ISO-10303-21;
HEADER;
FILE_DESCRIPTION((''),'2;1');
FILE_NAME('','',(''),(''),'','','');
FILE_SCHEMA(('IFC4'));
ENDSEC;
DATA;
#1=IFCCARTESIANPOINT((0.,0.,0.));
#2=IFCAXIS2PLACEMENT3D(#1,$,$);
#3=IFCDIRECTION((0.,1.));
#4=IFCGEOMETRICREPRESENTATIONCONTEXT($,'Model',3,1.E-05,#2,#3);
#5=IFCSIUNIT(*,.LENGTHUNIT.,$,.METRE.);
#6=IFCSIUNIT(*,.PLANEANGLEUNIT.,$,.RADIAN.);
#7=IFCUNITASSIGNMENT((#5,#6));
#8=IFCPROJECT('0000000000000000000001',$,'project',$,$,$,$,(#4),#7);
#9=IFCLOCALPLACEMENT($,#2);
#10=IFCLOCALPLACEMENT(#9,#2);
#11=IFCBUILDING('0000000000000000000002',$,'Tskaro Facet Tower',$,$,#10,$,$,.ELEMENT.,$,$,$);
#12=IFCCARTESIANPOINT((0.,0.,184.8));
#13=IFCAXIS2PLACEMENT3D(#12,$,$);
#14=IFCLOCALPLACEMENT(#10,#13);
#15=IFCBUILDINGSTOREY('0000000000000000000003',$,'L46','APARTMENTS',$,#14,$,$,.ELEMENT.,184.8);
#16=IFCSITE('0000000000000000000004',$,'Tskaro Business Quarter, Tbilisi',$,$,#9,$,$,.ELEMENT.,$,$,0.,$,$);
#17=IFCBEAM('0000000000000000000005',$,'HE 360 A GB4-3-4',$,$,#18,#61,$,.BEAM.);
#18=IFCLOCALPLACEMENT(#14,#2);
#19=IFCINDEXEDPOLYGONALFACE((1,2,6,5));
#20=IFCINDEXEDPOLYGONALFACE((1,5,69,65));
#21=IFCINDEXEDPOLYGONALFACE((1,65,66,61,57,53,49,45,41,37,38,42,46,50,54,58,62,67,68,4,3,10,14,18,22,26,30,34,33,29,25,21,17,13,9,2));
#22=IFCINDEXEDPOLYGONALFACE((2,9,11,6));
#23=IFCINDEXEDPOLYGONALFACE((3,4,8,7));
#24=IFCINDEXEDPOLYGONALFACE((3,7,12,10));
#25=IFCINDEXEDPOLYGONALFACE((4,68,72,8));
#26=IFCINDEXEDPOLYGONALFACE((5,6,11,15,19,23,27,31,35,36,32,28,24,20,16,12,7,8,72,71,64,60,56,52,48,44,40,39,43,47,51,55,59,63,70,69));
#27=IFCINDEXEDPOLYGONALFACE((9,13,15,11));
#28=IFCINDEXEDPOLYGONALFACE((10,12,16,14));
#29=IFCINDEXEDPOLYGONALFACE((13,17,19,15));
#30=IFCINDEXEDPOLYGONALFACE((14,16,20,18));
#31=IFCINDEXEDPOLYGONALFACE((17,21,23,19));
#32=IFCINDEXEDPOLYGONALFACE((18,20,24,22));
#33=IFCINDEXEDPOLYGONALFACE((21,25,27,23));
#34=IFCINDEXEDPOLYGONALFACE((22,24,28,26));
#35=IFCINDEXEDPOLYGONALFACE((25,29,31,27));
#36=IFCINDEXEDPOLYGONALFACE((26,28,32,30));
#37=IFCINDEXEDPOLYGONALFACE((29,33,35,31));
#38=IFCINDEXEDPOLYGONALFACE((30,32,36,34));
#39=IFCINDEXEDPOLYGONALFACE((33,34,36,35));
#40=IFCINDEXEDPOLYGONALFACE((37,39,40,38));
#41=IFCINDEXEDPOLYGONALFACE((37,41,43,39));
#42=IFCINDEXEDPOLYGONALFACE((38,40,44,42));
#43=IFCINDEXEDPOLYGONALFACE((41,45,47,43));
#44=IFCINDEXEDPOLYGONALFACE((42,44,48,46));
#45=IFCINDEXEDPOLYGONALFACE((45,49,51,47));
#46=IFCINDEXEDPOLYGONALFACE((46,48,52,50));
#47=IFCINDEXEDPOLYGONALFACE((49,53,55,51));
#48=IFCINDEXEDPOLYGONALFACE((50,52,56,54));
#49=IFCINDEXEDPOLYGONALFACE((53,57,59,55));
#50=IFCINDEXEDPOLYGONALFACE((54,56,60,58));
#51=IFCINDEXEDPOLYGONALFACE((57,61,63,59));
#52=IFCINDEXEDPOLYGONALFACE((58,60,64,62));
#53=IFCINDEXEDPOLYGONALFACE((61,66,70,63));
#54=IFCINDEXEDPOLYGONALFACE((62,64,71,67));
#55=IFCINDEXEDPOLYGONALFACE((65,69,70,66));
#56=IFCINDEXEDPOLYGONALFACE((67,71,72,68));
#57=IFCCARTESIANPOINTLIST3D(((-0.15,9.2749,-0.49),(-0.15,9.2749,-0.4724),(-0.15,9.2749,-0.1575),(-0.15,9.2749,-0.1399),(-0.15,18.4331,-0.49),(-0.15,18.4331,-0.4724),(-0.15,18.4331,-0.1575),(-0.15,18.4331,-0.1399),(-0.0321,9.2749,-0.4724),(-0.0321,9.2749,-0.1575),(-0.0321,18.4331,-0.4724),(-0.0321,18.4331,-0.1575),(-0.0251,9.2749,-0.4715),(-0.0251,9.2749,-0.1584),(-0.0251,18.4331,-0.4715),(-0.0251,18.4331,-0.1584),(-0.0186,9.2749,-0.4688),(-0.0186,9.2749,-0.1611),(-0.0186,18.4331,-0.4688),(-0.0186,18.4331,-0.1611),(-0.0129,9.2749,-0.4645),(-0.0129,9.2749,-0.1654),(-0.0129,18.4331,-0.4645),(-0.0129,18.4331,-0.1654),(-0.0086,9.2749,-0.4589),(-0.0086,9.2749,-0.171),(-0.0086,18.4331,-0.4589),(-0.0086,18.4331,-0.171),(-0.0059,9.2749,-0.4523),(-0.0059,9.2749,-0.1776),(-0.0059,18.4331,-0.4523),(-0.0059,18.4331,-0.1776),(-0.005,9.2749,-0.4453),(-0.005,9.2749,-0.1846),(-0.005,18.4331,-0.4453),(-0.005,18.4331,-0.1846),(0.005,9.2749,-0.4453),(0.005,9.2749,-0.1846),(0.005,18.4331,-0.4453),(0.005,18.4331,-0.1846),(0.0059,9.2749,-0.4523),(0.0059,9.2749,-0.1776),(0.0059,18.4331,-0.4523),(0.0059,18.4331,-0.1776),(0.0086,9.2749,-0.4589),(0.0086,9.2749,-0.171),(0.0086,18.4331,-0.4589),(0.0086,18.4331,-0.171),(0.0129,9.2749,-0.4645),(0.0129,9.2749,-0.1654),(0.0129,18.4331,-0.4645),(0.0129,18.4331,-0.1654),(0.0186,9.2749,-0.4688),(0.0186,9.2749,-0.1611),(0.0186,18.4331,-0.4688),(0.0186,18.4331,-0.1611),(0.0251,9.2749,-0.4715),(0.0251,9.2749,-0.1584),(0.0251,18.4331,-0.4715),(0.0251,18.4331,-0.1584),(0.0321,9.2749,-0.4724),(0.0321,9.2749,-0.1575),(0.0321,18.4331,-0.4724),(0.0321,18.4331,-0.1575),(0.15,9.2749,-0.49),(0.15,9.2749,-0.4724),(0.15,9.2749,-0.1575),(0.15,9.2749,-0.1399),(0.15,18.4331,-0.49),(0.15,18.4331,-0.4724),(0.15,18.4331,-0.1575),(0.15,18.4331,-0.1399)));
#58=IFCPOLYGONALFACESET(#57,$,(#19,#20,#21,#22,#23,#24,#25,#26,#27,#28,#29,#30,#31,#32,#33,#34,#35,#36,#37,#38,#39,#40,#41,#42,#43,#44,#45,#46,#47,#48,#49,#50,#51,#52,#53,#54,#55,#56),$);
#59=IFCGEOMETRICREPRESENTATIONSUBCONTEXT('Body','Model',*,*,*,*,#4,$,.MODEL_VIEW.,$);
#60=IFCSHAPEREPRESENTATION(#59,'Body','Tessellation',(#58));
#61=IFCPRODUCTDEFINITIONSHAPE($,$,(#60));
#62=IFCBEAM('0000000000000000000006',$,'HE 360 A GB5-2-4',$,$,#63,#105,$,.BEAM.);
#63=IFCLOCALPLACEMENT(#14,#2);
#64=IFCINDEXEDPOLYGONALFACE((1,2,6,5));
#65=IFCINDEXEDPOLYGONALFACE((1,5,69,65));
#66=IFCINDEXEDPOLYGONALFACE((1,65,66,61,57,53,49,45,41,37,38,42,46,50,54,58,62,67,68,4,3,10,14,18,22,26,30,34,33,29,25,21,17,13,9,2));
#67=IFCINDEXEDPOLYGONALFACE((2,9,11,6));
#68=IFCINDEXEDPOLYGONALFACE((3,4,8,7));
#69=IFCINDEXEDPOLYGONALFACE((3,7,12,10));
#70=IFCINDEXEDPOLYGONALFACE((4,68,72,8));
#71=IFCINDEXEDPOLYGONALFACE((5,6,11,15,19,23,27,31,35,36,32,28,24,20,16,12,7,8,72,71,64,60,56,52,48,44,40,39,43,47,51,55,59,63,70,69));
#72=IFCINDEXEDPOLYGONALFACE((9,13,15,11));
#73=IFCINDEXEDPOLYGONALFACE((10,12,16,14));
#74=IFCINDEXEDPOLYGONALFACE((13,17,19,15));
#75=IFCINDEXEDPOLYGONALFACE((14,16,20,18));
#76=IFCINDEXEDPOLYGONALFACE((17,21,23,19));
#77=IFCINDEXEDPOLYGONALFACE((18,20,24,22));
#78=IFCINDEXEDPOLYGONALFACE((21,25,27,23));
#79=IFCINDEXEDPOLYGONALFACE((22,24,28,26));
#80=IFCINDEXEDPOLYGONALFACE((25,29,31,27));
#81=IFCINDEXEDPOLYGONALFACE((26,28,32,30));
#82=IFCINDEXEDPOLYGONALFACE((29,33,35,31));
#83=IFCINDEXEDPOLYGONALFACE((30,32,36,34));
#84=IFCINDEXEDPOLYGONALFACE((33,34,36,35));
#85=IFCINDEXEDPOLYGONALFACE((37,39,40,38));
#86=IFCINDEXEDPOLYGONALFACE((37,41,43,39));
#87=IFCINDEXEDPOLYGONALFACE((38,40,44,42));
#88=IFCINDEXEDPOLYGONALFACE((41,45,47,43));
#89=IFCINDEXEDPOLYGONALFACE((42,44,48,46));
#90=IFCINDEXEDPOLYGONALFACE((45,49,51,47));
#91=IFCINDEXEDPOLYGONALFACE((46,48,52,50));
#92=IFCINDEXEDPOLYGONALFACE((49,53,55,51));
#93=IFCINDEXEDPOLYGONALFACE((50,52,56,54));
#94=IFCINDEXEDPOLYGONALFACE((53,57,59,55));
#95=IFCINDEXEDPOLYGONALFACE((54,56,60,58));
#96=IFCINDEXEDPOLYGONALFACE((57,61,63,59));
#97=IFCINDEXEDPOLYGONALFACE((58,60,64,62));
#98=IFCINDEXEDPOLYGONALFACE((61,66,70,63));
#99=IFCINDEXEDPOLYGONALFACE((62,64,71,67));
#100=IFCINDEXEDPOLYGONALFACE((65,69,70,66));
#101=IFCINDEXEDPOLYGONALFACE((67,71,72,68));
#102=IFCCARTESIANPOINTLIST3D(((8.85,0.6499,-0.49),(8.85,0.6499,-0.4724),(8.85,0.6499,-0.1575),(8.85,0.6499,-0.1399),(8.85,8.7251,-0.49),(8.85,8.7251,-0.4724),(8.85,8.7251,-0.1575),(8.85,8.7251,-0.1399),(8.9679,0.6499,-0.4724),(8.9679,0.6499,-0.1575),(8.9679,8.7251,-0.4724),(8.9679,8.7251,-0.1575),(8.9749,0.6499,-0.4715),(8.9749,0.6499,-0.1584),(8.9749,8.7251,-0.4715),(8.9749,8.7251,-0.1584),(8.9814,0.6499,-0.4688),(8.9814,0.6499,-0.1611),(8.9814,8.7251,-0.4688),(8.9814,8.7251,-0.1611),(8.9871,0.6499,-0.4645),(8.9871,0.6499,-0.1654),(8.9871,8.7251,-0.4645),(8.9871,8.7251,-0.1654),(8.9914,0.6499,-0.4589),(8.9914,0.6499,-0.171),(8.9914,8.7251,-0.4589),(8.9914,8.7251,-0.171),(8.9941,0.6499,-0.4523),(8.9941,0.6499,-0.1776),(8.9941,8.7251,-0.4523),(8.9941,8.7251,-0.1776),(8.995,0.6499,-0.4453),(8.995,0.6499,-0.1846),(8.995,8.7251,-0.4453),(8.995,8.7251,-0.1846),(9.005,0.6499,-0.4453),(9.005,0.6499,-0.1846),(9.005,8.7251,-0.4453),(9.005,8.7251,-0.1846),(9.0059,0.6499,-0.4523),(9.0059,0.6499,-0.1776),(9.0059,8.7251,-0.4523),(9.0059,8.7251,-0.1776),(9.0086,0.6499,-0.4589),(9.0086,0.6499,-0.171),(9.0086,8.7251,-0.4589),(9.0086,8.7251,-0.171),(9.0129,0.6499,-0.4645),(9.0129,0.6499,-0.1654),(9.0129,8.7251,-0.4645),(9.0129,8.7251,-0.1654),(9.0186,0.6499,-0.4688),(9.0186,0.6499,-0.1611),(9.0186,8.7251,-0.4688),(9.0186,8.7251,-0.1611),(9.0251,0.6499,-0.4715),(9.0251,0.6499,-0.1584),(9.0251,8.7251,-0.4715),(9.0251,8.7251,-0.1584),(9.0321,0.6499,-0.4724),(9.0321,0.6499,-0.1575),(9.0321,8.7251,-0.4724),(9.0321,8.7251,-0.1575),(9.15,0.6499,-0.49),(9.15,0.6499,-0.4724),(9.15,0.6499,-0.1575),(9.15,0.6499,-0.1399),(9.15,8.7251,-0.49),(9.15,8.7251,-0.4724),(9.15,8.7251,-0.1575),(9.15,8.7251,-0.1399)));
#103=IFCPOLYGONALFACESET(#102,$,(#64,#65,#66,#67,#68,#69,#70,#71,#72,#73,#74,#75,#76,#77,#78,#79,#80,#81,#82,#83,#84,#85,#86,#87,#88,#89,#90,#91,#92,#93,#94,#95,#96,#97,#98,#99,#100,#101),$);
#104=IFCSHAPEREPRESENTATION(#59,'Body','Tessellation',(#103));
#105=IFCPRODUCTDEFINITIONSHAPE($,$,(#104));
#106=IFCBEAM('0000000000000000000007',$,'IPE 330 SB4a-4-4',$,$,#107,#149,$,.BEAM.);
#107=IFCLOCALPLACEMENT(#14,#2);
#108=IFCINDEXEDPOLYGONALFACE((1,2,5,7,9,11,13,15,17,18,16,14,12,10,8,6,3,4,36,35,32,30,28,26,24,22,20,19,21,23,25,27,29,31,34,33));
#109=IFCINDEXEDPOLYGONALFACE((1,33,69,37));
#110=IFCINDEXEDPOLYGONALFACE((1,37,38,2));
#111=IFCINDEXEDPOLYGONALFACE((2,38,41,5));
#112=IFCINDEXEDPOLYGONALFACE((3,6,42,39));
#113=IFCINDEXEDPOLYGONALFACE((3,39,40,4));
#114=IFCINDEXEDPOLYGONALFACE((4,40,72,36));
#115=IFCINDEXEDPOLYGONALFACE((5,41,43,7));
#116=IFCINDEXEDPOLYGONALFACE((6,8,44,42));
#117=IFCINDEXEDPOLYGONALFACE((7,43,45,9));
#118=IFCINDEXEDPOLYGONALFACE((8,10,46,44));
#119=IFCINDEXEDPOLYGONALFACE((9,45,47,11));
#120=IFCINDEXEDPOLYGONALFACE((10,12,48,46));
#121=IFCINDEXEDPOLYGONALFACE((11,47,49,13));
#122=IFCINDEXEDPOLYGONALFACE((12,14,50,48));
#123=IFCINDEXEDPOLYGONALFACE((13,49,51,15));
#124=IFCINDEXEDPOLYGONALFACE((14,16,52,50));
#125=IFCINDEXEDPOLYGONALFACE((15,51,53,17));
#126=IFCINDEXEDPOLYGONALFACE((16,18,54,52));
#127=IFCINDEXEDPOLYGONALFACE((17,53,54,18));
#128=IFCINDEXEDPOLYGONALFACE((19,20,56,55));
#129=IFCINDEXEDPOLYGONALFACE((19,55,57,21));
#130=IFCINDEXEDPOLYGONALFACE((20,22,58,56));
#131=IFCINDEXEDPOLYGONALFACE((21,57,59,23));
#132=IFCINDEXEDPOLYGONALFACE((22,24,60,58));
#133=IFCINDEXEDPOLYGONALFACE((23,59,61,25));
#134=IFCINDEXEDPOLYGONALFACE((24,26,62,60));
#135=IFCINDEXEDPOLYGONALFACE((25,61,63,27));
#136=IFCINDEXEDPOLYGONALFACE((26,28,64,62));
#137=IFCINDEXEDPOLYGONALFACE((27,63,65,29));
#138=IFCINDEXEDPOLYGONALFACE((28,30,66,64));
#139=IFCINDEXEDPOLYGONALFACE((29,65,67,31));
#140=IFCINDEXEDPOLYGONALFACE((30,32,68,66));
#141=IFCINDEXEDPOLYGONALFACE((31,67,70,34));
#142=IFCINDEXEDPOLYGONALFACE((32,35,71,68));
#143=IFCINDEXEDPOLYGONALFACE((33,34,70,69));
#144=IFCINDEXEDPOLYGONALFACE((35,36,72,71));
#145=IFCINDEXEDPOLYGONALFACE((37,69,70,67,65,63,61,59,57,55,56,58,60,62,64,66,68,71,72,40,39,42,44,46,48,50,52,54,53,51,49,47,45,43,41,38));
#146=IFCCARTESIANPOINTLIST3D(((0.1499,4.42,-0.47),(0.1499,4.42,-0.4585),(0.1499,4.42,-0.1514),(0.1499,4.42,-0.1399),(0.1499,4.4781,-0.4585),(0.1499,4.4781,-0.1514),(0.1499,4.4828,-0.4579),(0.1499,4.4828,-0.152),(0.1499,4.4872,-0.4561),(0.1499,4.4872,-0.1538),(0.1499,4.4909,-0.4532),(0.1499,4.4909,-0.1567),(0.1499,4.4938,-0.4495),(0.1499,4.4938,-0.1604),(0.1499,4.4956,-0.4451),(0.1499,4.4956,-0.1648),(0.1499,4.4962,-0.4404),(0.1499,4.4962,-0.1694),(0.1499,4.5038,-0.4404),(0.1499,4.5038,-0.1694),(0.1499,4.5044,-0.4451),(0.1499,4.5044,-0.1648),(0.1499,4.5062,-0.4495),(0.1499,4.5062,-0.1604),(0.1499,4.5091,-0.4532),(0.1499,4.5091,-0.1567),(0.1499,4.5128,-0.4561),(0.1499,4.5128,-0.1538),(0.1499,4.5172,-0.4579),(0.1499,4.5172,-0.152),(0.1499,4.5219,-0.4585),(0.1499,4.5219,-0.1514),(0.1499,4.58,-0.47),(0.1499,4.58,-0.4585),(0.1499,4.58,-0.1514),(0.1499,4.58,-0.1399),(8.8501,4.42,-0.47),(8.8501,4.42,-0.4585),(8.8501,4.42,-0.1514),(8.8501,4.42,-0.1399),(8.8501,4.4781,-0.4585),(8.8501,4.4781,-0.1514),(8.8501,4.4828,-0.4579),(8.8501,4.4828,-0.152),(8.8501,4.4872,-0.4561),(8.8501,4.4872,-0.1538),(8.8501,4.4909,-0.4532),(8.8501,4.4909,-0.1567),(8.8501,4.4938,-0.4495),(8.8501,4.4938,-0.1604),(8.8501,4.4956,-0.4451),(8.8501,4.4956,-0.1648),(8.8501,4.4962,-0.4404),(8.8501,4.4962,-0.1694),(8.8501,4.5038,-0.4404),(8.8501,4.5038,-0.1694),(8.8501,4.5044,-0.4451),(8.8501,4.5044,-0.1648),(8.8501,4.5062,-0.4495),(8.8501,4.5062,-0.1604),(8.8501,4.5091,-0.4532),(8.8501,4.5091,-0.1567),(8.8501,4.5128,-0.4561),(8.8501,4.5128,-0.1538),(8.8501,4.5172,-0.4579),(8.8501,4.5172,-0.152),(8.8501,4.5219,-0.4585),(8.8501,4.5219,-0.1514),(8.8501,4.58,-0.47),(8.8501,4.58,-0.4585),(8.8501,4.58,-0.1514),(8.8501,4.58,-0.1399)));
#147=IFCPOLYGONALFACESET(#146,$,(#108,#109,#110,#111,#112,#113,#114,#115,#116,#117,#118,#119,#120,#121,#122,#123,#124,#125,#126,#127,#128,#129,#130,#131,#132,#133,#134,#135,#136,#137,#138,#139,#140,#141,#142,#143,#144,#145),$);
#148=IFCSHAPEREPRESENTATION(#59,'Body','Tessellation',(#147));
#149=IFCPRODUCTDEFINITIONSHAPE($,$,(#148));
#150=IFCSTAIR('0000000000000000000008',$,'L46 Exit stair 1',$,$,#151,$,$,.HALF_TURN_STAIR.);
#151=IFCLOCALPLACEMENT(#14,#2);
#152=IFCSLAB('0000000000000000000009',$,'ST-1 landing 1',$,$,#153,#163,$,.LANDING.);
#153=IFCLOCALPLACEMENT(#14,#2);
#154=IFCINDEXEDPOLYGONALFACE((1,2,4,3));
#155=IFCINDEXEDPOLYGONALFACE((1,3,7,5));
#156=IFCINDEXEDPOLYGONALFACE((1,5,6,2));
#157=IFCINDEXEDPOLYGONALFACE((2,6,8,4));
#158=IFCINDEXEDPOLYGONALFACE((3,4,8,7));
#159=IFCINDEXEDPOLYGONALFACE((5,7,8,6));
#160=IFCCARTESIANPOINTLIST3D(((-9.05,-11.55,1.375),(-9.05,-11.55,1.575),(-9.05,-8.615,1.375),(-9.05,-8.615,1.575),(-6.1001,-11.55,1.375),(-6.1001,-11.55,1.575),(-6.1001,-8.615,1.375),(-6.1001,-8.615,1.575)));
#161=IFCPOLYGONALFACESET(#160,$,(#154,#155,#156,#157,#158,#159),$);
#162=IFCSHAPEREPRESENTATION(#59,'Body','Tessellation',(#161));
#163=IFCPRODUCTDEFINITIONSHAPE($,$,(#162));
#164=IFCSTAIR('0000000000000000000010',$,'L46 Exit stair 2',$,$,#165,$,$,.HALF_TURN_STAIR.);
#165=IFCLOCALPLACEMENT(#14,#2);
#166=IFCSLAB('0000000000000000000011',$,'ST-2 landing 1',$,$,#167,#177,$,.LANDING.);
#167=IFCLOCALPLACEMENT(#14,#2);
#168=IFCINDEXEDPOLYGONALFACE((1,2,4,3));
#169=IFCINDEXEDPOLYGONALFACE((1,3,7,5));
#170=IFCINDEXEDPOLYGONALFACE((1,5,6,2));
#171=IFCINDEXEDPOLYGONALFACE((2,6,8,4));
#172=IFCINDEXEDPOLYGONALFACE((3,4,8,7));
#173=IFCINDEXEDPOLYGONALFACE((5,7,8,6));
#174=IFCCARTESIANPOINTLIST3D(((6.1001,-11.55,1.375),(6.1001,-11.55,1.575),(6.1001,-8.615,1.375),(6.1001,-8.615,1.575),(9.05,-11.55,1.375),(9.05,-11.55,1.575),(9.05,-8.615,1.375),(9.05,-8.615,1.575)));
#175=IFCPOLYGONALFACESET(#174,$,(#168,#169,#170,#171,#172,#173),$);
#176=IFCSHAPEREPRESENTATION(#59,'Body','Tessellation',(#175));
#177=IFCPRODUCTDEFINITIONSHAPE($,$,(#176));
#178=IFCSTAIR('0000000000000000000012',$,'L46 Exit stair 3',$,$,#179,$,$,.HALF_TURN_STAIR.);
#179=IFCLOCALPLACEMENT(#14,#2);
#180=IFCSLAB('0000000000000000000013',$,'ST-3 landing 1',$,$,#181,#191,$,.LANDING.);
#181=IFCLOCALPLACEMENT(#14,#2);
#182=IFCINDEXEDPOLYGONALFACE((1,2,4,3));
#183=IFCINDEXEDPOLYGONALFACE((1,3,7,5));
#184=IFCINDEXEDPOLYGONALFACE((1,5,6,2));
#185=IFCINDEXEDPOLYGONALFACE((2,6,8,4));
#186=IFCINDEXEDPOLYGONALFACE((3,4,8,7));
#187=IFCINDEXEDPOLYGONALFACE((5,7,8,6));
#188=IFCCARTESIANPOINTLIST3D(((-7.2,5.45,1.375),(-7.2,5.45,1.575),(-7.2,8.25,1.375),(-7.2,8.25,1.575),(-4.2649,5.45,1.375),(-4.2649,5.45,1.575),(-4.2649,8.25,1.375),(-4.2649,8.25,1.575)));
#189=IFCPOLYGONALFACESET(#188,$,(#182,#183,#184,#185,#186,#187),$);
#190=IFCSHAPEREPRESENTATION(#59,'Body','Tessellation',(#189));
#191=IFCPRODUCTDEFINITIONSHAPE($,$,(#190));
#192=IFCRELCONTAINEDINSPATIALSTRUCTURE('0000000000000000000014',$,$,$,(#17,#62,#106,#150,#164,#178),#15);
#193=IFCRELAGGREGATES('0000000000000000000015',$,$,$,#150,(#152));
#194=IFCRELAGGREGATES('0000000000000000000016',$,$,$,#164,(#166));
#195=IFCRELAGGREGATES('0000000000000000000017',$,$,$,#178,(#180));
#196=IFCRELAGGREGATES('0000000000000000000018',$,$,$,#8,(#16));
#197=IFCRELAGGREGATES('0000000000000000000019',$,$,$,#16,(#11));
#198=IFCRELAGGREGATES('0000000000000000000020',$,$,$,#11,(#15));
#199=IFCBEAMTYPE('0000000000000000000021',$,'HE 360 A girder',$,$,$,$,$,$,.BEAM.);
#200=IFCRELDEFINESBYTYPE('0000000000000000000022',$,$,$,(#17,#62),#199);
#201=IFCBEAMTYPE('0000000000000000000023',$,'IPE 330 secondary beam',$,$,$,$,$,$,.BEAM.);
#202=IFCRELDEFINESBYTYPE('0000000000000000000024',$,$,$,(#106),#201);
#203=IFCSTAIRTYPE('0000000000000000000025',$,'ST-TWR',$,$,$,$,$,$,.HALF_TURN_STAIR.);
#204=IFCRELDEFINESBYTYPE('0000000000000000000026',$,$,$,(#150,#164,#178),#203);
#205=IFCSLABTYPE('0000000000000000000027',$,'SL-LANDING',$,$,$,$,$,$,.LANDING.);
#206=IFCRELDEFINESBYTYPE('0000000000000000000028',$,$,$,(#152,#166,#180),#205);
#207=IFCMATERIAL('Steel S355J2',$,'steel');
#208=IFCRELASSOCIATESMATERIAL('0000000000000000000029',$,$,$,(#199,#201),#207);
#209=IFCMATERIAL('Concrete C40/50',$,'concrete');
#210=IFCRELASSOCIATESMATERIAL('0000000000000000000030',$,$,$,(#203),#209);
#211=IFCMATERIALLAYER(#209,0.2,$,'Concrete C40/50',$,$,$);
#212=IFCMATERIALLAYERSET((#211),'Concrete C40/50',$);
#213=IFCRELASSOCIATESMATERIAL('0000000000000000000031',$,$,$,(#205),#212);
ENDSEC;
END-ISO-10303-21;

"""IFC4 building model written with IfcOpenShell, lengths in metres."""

from ifc_helpers import new_model, si_unit, direction, frame, origin, origin_2d, place, context, subcontext, project, spatial, polyline, i_section, outline, extrude, material, layer, layer_set, material_profile, profile_set, type_object, element, aggregate, save


model = new_model("IFC4")

# Units and contexts
model_context = context("Model", 3, precision=1e-05, world=origin(), true_north=direction((0.0, 1.0)))
body_context = subcontext(model_context, "Body", "Model", "MODEL_VIEW")
ifc_project = project(units=[si_unit("LENGTHUNIT", "METRE"), si_unit("PLANEANGLEUNIT", "RADIAN")], contexts=[model_context])

# Site, building, storey
site_placement = place(None, origin())
site = spatial("IfcSite", under=ifc_project, at=site_placement, Name="Tskaro Business Quarter, Tbilisi", CompositionType="ELEMENT", RefElevation=0.0)
building_placement = place(site_placement, origin())
building = spatial("IfcBuilding", under=site, at=building_placement, Name="Tskaro Facet Tower", CompositionType="ELEMENT")
storey_placement = place(building_placement, frame((0.0, 0.0, 184.8)))
storey = spatial("IfcBuildingStorey", under=building, at=storey_placement, Name="L46", Description="APARTMENTS", CompositionType="ELEMENT", Elevation=184.8)

# Beams
ifc_material_1 = material(Name="Steel S355J2", Category="steel")
ifc_material_profile_1 = material_profile(ifc_material_1, i_section(OverallWidth=0.3, OverallDepth=0.3501, WebThickness=0.01, FlangeThickness=0.0176, FilletRadius=0.0271, at=origin_2d()), Name="HE 360 A")
ifc_profile_set_1 = profile_set([ifc_material_profile_1], Name="Steel S355J2")
beam_type_1 = type_object("IfcBeamType", Name="HE 360 A girder", PredefinedType="BEAM", material=ifc_profile_set_1)
beam_1_placement = place(storey_placement, frame((0.0, 9.2749, -0.3149), z_axis=(0.0, 1.0, 0.0), x_axis=(-1.0, 0.0, 0.0)))
element("IfcBeam", 1, at=beam_1_placement, inside=storey, type_object=beam_type_1, Name="HE 360 A GB4-3-4", PredefinedType="BEAM", context=body_context, shape_type="SweptSolid", body=[
    extrude(i_section(OverallWidth=0.3, OverallDepth=0.3501, WebThickness=0.01, FlangeThickness=0.0176, FilletRadius=0.0271, at=origin_2d()), origin(), (0.0, 0.0, 1.0), 9.1582),
])
beam_2_placement = place(storey_placement, frame((9.0, 0.6499, -0.3149), z_axis=(0.0, 1.0, 0.0), x_axis=(-1.0, 0.0, 0.0)))
element("IfcBeam", 2, at=beam_2_placement, inside=storey, type_object=beam_type_1, Name="HE 360 A GB5-2-4", PredefinedType="BEAM", context=body_context, shape_type="SweptSolid", body=[
    extrude(i_section(OverallWidth=0.3, OverallDepth=0.3501, WebThickness=0.01, FlangeThickness=0.0176, FilletRadius=0.0271, at=origin_2d()), origin(), (0.0, 0.0, 1.0), 8.0752),
])
ifc_material_profile_2 = material_profile(ifc_material_1, i_section(OverallWidth=0.1599, OverallDepth=0.3301, WebThickness=0.0076, FlangeThickness=0.0115, FilletRadius=0.0181, at=origin_2d()), Name="IPE 330")
ifc_profile_set_2 = profile_set([ifc_material_profile_2], Name="Steel S355J2")
beam_type_2 = type_object("IfcBeamType", Name="IPE 330 secondary beam", PredefinedType="BEAM", material=ifc_profile_set_2)
beam_3_placement = place(storey_placement, frame((0.1499, 4.5, -0.3049), z_axis=(1.0, 0.0, 0.0), x_axis=(0.0, 1.0, 0.0)))
element("IfcBeam", 3, at=beam_3_placement, inside=storey, type_object=beam_type_2, Name="IPE 330 SB4a-4-4", PredefinedType="BEAM", context=body_context, shape_type="SweptSolid", body=[
    extrude(i_section(OverallWidth=0.1599, OverallDepth=0.3301, WebThickness=0.0076, FlangeThickness=0.0115, FilletRadius=0.0181, at=origin_2d()), origin(), (0.0, 0.0, 1.0), 8.7002),
])

# Stairs, slabs
ifc_material_2 = material(Name="Concrete C40/50", Category="concrete")
stair_type = type_object("IfcStairType", Name="ST-TWR", PredefinedType="HALF_TURN_STAIR", material=ifc_material_2)
stair_1_placement = place(storey_placement, origin())
stair_1 = element("IfcStair", 4, at=stair_1_placement, inside=storey, type_object=stair_type, Name="L46 Exit stair 1", PredefinedType="HALF_TURN_STAIR")
ifc_layer_1 = layer(ifc_material_2, 0.2, Name="Concrete C40/50")
ifc_layer_set_1 = layer_set([ifc_layer_1], Name="Concrete C40/50")
slab_type_1 = type_object("IfcSlabType", Name="SL-LANDING", PredefinedType="LANDING", material=ifc_layer_set_1)
slab_1_placement = place(storey_placement, frame((0.0, 0.0, 1.375)))
slab_1 = element("IfcSlab", 5, at=slab_1_placement, type_object=slab_type_1, Name="ST-1 landing 1", PredefinedType="LANDING", context=body_context, shape_type="SweptSolid", body=[
    extrude(outline(polyline([(-9.05, -11.55), (-6.1001, -11.55), (-6.1001, -8.615), (-9.05, -8.615), (-9.05, -11.55)])), origin(), (0.0, 0.0, 1.0), 0.2),
])
aggregate(stair_1, [slab_1])
stair_2_placement = place(storey_placement, origin())
stair_2 = element("IfcStair", 6, at=stair_2_placement, inside=storey, type_object=stair_type, Name="L46 Exit stair 2", PredefinedType="HALF_TURN_STAIR")
slab_2_placement = place(storey_placement, frame((0.0, 0.0, 1.375)))
slab_2 = element("IfcSlab", 7, at=slab_2_placement, type_object=slab_type_1, Name="ST-2 landing 1", PredefinedType="LANDING", context=body_context, shape_type="SweptSolid", body=[
    extrude(outline(polyline([(6.1001, -11.55), (9.05, -11.55), (9.05, -8.615), (6.1001, -8.615), (6.1001, -11.55)])), origin(), (0.0, 0.0, 1.0), 0.2),
])
aggregate(stair_2, [slab_2])
stair_3_placement = place(storey_placement, origin())
stair_3 = element("IfcStair", 8, at=stair_3_placement, inside=storey, type_object=stair_type, Name="L46 Exit stair 3", PredefinedType="HALF_TURN_STAIR")
slab_3_placement = place(storey_placement, frame((0.0, 0.0, 1.375)))
slab_3 = element("IfcSlab", 9, at=slab_3_placement, type_object=slab_type_1, Name="ST-3 landing 1", PredefinedType="LANDING", context=body_context, shape_type="SweptSolid", body=[
    extrude(outline(polyline([(-7.2, 5.45), (-4.2649, 5.45), (-4.2649, 8.25), (-7.2, 8.25), (-7.2, 5.45)])), origin(), (0.0, 0.0, 1.0), 0.2),
])

aggregate(stair_3, [slab_3])

save(model, "model.ifc")
